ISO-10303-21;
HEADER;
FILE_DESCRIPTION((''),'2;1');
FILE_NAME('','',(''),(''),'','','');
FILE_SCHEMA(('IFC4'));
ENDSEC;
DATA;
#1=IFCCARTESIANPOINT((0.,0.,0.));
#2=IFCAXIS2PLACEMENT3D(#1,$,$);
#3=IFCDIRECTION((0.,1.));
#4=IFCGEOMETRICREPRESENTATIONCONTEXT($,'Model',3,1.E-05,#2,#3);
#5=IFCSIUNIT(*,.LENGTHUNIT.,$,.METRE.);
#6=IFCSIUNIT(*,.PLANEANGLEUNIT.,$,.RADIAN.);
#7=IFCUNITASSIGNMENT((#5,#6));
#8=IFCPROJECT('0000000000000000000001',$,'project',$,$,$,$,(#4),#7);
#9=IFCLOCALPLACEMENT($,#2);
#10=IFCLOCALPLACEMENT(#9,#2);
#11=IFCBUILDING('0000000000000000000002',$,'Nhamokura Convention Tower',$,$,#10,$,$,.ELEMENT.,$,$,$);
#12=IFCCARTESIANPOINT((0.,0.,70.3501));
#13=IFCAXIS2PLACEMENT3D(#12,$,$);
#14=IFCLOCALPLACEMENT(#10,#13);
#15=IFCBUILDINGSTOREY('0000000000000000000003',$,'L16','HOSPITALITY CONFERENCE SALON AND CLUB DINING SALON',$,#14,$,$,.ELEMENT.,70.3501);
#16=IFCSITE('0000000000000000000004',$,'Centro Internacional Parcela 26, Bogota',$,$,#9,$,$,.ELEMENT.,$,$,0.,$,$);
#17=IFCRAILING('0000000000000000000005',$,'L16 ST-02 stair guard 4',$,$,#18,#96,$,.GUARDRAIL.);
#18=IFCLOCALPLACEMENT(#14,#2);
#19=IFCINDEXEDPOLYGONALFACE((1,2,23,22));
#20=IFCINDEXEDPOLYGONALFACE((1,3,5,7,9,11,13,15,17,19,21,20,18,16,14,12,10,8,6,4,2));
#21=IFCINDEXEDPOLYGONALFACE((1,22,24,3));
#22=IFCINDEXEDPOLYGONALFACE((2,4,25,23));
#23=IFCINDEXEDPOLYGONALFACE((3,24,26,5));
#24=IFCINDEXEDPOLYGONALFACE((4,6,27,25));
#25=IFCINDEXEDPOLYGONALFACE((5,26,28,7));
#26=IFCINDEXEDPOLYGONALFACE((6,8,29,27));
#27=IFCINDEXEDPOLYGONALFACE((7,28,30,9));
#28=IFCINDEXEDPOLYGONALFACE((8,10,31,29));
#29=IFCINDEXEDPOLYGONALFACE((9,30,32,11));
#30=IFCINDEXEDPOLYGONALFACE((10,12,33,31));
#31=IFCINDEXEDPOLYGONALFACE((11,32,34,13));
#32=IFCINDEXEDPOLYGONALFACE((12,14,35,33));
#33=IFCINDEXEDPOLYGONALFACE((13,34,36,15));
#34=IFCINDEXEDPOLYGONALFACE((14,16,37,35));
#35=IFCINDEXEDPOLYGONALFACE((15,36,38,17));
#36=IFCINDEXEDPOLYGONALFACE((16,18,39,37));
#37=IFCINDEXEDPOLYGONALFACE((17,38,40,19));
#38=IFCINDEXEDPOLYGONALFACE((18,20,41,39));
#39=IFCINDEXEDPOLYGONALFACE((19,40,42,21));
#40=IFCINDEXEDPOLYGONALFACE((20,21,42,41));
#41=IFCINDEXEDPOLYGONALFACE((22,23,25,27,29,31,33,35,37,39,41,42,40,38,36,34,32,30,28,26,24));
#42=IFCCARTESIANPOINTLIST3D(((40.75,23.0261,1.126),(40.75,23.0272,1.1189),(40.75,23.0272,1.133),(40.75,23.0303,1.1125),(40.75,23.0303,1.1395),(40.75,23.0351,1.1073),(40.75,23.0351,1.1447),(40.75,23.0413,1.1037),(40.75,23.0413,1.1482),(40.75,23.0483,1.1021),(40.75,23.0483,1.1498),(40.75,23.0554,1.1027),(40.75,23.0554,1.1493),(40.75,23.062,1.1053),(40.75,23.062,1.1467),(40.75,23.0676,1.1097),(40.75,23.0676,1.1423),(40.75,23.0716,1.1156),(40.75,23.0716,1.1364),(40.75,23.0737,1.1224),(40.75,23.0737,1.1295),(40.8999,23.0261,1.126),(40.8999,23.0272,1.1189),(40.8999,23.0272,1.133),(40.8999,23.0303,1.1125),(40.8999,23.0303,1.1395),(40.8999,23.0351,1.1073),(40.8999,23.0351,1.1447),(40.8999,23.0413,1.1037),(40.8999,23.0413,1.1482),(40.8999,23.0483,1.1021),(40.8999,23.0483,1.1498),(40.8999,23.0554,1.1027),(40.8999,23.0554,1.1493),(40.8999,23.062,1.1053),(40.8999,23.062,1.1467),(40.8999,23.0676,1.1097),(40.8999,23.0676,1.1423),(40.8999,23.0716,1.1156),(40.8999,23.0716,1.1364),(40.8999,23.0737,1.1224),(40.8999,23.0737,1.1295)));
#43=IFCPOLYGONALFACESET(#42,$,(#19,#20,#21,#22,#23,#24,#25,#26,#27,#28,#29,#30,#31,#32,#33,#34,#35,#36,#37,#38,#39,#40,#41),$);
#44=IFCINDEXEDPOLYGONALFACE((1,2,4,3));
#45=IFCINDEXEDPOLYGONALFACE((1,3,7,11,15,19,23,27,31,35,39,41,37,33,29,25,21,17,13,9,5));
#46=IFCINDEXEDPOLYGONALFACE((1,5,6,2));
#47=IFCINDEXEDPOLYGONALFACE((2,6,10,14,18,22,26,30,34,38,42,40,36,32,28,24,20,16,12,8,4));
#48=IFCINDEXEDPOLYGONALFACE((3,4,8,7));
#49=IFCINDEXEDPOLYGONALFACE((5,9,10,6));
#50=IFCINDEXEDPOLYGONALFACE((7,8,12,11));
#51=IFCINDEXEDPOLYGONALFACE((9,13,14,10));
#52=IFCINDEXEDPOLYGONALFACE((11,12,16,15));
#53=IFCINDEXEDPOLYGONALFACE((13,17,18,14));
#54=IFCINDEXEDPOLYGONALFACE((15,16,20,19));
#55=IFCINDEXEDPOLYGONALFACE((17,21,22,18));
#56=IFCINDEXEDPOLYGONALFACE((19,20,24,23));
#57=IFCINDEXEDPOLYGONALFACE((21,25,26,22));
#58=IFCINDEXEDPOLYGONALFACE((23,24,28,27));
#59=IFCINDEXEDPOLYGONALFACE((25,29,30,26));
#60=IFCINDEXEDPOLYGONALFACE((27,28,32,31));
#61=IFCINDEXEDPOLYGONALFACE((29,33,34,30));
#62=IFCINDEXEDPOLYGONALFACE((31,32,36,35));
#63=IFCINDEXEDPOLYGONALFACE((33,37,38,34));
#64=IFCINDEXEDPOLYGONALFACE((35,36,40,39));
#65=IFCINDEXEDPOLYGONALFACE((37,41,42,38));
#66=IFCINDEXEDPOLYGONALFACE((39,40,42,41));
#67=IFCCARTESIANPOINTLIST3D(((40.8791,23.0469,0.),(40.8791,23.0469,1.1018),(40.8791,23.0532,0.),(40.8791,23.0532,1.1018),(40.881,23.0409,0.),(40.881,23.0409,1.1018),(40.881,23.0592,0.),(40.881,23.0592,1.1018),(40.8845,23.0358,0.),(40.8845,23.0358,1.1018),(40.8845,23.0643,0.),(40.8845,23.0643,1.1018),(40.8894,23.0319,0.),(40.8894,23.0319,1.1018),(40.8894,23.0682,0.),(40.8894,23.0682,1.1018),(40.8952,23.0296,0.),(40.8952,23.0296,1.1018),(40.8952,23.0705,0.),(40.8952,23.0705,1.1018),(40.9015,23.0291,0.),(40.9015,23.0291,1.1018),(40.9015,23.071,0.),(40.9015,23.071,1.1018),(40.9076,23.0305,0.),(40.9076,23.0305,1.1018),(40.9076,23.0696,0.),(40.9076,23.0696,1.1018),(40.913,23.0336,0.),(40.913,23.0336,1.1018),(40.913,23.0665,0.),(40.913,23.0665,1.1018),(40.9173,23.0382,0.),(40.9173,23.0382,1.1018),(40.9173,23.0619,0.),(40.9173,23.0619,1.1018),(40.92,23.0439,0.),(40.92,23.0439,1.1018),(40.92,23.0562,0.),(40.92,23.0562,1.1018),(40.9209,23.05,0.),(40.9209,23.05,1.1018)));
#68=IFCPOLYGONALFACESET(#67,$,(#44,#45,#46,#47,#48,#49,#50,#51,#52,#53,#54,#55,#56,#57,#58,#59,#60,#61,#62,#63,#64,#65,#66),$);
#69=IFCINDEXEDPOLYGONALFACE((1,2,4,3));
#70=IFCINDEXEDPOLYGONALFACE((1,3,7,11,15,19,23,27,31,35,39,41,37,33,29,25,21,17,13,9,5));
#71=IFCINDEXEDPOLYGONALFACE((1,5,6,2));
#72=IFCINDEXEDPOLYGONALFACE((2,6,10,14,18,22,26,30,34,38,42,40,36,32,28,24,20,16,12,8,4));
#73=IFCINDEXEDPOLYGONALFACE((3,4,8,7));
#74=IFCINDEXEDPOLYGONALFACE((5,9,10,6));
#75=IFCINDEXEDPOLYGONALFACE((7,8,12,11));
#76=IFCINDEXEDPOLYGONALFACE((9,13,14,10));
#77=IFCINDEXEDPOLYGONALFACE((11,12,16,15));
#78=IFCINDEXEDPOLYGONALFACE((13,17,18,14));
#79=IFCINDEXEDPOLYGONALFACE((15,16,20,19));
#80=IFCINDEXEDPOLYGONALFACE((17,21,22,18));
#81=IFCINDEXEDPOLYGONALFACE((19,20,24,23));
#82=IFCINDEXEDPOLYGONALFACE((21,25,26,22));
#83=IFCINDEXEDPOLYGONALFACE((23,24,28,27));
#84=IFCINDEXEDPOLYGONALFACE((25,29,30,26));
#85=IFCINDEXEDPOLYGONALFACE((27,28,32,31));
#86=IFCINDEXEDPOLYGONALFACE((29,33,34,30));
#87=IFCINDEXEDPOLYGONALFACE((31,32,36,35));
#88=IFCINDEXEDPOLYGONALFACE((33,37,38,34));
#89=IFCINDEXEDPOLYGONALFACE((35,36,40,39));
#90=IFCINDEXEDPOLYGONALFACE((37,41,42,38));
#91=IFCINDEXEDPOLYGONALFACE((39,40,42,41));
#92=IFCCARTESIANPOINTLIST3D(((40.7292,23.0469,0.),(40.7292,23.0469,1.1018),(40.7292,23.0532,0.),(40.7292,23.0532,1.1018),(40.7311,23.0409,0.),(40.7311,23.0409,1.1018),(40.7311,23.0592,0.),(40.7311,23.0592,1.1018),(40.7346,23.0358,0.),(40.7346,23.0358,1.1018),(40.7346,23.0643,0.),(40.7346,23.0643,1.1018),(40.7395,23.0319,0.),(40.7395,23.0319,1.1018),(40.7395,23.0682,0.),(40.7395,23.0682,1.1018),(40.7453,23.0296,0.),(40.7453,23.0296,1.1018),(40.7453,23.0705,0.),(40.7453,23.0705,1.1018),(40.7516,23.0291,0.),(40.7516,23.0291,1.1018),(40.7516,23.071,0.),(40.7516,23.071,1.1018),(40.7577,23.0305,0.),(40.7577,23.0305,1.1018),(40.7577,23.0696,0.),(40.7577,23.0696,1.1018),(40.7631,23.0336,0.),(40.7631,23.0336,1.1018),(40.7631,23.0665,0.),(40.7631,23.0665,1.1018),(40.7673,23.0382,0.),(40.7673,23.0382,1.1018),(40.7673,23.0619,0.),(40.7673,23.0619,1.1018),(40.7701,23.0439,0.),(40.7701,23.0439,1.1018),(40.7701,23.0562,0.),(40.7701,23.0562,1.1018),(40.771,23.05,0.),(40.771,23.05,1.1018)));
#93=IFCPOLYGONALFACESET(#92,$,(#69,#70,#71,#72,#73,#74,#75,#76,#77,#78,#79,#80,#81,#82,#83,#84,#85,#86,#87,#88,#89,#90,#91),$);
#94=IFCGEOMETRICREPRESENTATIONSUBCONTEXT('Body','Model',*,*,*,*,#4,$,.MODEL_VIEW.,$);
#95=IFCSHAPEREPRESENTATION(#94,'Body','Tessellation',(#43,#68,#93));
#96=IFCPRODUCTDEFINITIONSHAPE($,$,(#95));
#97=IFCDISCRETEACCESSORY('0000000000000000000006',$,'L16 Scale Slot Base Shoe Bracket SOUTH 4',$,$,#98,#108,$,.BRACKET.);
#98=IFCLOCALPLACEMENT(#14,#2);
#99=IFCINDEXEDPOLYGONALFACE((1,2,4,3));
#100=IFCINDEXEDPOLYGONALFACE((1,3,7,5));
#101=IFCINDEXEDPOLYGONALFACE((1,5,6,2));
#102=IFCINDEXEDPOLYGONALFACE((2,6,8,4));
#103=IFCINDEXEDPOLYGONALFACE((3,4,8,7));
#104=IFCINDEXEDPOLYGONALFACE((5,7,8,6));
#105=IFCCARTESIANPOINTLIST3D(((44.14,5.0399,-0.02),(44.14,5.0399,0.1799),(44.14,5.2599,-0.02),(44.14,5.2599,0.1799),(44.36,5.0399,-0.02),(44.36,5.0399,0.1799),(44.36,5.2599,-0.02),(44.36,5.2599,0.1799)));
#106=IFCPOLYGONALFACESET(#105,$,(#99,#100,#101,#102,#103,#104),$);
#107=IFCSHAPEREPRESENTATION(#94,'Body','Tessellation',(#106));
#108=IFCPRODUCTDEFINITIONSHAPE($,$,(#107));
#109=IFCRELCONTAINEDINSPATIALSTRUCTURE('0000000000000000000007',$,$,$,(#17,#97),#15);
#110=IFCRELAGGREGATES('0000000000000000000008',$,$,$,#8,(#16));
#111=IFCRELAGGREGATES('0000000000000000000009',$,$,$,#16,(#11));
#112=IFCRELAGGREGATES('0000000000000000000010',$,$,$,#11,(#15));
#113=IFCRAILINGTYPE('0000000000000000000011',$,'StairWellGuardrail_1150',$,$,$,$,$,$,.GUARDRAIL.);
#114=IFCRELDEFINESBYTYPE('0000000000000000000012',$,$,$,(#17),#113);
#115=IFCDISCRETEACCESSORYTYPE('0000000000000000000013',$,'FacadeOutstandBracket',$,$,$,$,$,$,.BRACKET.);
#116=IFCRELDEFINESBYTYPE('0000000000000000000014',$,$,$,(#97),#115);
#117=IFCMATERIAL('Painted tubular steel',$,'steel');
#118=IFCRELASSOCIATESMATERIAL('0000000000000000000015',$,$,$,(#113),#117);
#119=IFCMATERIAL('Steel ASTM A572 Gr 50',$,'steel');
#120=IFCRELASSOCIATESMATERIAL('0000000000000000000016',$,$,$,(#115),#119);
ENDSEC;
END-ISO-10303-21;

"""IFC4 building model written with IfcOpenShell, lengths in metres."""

from ifc_helpers import new_model, si_unit, direction, frame, origin, origin_2d, place, context, subcontext, project, spatial, rectangle, circle, extrude, material, type_object, element, save


model = new_model("IFC4")

# Units and contexts
model_context = context("Model", 3, precision=1e-05, world=origin(), true_north=direction((0.0, 1.0)))
body_context = subcontext(model_context, "Body", "Model", "MODEL_VIEW")
ifc_project = project(units=[si_unit("LENGTHUNIT", "METRE"), si_unit("PLANEANGLEUNIT", "RADIAN")], contexts=[model_context])

# Site, building, storey
site_placement = place(None, origin())
site = spatial("IfcSite", under=ifc_project, at=site_placement, Name="Centro Internacional Parcela 26, Bogota", CompositionType="ELEMENT", RefElevation=0.0)
building_placement = place(site_placement, origin())
building = spatial("IfcBuilding", under=site, at=building_placement, Name="Nhamokura Convention Tower", CompositionType="ELEMENT")
storey_placement = place(building_placement, frame((0.0, 0.0, 70.3501)))
storey = spatial("IfcBuildingStorey", under=building, at=storey_placement, Name="L16", Description="HOSPITALITY CONFERENCE SALON AND CLUB DINING SALON", CompositionType="ELEMENT", Elevation=70.3501)

# Railing
ifc_material_1 = material(Name="Painted tubular steel", Category="steel")
railing_type_1 = type_object("IfcRailingType", Name="StairWellGuardrail_1150", PredefinedType="GUARDRAIL", material=ifc_material_1)
railing_1_placement = place(storey_placement, frame((40.8999, 23.05, 0.0)))
element("IfcRailing", 1, at=railing_1_placement, inside=storey, type_object=railing_type_1, Name="L16 ST-02 stair guard 4", PredefinedType="GUARDRAIL", context=body_context, shape_type="SweptSolid", body=[
    extrude(circle(Radius=0.0239, at=origin_2d()), frame((0.0, 0.0, 1.126), z_axis=(-1.0, 0.0, 0.0), x_axis=(0.0, -1.0, 0.0)), (0.0, 0.0, 1.0), 0.1499),
    extrude(circle(Radius=0.021, at=origin_2d()), origin(), (0.0, 0.0, 1.0), 1.1018),
    extrude(circle(Radius=0.021, at=origin_2d()), frame((-0.1499, 0.0, 0.0)), (0.0, 0.0, 1.0), 1.1018),
])

# Discrete accessory
ifc_material_2 = material(Name="Steel ASTM A572 Gr 50", Category="steel")
discrete_accessory_type = type_object("IfcDiscreteAccessoryType", Name="FacadeOutstandBracket", PredefinedType="BRACKET", material=ifc_material_2)
discrete_accessory_placement = place(storey_placement, frame((44.25, 5.1499, -0.02), z_axis=(0.0, 0.0, 1.0), x_axis=(1.0, 0.0, 0.0)))
element("IfcDiscreteAccessory", 2, at=discrete_accessory_placement, inside=storey, type_object=discrete_accessory_type, Name="L16 Scale Slot Base Shoe Bracket SOUTH 4", PredefinedType="BRACKET", context=body_context, shape_type="SweptSolid", body=[
    extrude(rectangle(XDim=0.22, YDim=0.22, at=origin_2d()), origin(), (0.0, 0.0, 1.0), 0.2),
])

save(model, "model.ifc")
